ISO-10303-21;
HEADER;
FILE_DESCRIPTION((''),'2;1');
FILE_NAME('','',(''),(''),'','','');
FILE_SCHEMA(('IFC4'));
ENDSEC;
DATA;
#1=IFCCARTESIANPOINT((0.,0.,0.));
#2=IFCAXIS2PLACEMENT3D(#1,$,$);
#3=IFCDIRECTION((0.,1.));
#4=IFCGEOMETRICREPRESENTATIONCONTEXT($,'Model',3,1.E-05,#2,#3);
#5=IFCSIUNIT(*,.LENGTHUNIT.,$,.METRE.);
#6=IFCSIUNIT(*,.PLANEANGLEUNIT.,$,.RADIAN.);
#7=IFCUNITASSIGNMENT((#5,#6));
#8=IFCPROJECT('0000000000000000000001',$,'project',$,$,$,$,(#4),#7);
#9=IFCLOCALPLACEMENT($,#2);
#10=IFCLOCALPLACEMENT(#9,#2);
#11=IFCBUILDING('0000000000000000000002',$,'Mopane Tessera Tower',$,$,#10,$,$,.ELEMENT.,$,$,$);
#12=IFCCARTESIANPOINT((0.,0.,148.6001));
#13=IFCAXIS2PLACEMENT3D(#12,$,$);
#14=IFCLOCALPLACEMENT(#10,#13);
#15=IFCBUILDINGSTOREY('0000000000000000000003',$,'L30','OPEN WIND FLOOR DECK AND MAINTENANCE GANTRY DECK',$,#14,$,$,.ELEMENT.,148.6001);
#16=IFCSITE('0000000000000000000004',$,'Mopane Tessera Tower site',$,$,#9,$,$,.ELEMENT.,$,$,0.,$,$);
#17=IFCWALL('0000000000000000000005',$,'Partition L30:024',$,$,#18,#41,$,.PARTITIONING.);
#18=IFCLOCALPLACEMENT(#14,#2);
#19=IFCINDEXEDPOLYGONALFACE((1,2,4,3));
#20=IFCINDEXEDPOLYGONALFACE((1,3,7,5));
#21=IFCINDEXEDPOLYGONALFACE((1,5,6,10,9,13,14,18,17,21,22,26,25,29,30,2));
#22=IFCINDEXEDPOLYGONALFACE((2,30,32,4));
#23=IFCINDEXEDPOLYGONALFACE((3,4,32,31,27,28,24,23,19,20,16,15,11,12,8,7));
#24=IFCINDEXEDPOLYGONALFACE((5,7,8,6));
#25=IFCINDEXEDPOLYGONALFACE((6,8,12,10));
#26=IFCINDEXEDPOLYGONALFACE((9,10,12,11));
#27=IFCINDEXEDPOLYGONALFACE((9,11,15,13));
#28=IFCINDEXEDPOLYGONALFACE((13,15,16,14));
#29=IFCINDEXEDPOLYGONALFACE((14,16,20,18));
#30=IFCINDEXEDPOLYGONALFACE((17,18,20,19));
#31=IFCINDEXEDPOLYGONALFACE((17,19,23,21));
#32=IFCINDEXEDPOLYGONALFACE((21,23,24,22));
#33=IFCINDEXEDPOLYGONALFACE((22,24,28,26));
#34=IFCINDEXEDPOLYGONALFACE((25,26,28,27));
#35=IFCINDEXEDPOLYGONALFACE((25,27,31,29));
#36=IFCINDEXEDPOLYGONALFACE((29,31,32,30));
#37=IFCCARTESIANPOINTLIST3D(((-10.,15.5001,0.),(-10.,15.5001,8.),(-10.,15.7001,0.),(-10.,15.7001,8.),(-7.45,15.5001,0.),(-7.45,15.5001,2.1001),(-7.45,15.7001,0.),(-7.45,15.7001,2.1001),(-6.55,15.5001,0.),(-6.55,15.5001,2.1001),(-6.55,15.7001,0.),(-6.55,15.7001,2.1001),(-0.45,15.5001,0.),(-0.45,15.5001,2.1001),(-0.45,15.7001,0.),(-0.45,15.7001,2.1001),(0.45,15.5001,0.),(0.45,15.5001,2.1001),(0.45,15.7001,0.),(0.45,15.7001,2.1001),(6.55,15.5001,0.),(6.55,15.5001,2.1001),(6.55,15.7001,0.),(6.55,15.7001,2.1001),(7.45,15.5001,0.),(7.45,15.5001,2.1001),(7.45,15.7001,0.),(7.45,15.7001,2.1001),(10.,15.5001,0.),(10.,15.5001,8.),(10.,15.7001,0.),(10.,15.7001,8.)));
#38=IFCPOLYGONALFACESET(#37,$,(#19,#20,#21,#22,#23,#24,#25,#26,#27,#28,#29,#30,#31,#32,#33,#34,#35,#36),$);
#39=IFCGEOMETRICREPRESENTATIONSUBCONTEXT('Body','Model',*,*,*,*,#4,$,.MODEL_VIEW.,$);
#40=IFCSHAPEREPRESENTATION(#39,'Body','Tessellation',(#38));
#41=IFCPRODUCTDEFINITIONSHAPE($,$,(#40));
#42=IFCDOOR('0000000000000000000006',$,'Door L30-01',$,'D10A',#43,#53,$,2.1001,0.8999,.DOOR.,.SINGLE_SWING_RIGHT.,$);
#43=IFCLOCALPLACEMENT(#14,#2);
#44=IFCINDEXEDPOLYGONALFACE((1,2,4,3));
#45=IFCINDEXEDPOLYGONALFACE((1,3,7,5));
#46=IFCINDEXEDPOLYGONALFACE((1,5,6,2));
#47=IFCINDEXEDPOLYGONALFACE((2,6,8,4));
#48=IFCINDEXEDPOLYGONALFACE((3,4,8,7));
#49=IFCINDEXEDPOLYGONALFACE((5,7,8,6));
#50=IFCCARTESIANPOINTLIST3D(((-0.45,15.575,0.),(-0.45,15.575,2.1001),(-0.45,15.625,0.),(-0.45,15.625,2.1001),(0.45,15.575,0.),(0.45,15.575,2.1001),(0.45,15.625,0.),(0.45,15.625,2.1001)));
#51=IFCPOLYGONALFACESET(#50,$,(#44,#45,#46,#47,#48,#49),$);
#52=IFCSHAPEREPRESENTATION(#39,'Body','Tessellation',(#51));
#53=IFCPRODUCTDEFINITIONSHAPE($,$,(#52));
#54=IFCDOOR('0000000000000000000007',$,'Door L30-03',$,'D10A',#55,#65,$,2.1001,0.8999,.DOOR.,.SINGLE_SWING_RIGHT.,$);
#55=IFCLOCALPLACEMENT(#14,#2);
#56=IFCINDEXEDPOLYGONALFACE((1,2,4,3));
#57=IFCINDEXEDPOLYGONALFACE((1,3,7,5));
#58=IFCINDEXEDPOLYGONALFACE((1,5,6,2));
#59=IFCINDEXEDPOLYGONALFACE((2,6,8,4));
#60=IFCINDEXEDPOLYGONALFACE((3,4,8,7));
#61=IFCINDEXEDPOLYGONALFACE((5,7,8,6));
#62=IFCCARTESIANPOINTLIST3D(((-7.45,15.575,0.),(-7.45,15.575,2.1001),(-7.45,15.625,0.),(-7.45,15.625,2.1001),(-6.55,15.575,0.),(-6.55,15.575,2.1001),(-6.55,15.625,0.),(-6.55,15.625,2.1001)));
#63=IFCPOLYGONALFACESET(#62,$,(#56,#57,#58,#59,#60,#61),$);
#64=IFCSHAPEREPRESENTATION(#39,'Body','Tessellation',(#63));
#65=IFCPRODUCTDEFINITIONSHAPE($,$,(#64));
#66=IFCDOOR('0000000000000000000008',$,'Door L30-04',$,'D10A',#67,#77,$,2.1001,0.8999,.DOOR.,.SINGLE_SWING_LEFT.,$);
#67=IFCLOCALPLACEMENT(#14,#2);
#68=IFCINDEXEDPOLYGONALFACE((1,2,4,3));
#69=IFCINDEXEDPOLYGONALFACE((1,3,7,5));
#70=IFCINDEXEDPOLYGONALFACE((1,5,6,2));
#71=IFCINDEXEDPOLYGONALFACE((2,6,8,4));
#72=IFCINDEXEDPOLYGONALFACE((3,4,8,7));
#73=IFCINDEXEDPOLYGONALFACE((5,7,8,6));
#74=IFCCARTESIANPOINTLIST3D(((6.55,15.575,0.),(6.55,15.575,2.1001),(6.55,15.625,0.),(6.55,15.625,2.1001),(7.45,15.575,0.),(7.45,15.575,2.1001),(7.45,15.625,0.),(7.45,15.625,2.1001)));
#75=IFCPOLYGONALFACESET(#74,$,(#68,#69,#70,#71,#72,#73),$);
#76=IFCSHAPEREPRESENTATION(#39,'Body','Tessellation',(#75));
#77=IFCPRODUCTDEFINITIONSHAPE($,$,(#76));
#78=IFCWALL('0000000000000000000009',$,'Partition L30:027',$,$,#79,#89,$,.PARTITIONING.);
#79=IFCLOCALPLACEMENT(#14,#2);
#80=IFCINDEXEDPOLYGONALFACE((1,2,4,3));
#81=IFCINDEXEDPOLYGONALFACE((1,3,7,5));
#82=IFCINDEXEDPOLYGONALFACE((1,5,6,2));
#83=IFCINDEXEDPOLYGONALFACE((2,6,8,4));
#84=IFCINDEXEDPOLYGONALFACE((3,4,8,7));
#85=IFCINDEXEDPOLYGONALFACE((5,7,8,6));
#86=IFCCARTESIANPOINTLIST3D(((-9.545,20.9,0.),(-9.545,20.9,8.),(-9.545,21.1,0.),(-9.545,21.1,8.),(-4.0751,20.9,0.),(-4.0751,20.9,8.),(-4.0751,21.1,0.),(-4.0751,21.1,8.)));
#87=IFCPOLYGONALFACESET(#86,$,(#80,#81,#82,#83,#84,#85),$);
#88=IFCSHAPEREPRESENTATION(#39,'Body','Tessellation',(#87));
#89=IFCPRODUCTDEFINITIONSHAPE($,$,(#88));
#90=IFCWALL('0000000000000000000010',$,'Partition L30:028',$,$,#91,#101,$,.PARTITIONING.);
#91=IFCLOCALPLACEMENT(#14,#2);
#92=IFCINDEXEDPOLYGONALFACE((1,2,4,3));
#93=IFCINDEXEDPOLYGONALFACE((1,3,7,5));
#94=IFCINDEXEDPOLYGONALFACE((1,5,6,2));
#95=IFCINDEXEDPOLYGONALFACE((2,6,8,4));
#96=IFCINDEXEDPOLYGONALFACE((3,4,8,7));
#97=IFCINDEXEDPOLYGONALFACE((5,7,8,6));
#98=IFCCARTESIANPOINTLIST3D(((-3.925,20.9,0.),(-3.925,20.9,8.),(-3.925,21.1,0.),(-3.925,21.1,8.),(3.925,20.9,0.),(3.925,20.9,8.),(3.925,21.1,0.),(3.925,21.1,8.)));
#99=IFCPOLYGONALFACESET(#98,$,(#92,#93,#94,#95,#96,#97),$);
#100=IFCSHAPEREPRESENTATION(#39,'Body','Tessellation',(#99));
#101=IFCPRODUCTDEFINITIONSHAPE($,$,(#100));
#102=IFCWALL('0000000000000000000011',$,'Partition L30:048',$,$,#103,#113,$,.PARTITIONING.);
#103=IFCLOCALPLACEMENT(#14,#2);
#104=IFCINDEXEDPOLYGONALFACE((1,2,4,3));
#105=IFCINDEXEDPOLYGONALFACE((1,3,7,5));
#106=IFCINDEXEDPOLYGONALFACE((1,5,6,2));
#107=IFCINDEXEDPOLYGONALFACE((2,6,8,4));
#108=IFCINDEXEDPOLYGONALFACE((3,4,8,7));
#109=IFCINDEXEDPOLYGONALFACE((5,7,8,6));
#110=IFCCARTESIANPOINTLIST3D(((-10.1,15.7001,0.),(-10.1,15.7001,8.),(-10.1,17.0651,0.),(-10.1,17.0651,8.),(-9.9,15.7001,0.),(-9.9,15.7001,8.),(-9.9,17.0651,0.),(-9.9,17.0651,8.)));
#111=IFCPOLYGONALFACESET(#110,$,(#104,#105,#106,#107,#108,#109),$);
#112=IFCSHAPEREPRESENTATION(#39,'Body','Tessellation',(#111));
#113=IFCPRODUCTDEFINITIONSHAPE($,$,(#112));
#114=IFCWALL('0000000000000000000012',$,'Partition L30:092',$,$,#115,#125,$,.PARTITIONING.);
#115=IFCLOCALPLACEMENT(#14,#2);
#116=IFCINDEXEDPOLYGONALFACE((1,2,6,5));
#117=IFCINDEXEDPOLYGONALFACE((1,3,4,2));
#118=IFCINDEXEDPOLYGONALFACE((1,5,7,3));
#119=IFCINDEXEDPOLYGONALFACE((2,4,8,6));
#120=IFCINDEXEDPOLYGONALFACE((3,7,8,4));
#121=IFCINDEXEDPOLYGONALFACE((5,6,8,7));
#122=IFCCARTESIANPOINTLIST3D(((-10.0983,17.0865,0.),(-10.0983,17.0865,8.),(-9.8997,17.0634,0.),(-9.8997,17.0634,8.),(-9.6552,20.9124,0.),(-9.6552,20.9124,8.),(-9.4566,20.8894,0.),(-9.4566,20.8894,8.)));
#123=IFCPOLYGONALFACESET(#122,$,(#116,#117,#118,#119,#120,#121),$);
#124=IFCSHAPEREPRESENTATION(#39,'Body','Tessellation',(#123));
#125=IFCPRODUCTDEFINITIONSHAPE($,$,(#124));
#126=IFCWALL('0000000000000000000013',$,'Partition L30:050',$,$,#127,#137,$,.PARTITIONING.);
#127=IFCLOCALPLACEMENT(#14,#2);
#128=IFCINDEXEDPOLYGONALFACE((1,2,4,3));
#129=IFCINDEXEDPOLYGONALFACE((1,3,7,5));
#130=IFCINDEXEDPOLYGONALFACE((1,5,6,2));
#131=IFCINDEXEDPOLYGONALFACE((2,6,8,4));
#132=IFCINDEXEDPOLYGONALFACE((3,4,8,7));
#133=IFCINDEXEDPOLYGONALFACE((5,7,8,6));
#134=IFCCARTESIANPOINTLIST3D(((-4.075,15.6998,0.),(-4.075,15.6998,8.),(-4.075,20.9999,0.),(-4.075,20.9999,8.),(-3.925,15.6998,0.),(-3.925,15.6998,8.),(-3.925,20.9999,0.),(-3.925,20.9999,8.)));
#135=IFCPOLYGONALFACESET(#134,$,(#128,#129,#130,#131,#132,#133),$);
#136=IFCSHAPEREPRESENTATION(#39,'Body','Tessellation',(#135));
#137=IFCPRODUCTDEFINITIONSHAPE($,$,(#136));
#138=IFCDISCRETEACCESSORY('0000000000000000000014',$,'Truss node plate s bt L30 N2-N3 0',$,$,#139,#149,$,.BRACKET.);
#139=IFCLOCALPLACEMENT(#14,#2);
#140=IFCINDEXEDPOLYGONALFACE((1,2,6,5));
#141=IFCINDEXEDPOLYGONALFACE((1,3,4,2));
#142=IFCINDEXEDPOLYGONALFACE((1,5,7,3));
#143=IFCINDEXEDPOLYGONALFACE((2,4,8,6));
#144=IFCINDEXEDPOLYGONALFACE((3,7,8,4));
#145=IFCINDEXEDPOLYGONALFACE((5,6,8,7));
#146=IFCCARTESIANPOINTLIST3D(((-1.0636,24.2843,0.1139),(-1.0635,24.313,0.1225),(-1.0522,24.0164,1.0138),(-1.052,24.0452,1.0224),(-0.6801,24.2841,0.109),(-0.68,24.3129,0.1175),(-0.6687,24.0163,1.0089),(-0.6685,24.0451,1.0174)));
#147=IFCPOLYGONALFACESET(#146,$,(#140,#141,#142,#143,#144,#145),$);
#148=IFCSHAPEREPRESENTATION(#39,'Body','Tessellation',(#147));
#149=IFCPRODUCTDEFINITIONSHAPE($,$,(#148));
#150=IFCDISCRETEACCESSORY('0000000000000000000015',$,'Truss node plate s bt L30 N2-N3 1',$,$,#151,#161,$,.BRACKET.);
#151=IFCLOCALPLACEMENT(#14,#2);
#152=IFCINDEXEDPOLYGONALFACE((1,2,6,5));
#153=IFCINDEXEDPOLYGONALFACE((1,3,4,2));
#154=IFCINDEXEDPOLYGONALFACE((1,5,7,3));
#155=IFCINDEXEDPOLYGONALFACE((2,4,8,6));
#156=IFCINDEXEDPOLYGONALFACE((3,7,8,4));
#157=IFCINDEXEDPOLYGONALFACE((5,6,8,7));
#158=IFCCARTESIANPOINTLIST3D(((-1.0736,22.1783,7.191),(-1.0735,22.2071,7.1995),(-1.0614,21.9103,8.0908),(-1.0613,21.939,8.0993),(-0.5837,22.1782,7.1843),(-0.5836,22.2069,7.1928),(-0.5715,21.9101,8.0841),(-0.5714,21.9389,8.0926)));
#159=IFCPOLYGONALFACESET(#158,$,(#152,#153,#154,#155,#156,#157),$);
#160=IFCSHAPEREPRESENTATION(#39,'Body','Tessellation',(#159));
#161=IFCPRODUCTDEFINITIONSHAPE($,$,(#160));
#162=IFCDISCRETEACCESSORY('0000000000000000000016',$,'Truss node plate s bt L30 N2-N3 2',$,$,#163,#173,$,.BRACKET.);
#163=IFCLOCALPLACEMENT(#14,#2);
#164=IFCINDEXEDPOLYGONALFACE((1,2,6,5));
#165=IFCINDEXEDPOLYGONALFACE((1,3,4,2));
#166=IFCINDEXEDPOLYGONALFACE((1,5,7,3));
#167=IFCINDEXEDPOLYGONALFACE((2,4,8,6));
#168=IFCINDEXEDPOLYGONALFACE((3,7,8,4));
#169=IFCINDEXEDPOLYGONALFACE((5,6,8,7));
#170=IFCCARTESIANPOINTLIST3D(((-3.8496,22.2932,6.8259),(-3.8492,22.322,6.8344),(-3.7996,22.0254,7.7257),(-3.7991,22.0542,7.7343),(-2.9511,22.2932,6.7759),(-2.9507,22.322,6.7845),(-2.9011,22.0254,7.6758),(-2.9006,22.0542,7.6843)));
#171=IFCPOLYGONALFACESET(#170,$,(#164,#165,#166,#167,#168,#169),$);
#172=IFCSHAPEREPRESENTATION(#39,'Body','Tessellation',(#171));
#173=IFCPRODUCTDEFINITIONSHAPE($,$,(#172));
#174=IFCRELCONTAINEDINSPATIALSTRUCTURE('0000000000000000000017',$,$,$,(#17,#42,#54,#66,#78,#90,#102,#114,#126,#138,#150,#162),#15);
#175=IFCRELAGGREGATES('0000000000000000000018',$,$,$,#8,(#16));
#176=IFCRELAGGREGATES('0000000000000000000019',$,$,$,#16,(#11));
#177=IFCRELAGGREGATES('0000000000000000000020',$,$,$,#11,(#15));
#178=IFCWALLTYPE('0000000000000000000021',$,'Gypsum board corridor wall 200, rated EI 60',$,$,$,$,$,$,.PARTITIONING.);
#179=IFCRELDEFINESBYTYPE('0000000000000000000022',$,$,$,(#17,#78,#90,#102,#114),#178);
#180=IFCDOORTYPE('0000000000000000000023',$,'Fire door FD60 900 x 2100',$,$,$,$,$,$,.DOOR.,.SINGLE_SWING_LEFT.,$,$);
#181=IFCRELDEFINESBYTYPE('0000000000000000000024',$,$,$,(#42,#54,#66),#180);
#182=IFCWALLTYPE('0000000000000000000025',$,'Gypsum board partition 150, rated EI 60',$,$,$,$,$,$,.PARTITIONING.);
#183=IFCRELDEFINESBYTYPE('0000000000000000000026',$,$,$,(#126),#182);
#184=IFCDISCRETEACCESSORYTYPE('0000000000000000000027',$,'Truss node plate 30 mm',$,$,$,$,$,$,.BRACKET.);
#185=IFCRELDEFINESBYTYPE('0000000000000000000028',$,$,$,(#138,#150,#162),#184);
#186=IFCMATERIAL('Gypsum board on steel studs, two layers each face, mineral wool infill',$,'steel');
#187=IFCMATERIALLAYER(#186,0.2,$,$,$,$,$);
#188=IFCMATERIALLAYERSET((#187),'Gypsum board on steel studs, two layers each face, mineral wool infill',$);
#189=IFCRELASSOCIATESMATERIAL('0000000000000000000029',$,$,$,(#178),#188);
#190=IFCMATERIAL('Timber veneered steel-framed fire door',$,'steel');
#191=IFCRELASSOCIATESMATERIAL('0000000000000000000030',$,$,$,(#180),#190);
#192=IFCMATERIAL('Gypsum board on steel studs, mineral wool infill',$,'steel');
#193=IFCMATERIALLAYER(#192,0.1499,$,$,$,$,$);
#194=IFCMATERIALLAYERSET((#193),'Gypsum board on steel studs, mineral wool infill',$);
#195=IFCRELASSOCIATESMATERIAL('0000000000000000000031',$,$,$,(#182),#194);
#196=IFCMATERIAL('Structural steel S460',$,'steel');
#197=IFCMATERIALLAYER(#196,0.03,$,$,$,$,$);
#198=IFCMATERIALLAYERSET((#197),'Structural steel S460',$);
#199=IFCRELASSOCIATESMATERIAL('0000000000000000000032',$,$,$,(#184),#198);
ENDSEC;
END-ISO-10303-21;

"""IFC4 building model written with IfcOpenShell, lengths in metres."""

from ifc_helpers import new_model, si_unit, direction, frame, frame_2d, origin, origin_2d, place, context, subcontext, project, spatial, rectangle, extrude, material, layer, layer_set, type_object, element, fill, save


model = new_model("IFC4")

# Units and contexts
model_context = context("Model", 3, precision=1e-05, world=origin(), true_north=direction((0.0, 1.0)))
body_context = subcontext(model_context, "Body", "Model", "MODEL_VIEW")
ifc_project = project(units=[si_unit("LENGTHUNIT", "METRE"), si_unit("PLANEANGLEUNIT", "RADIAN")], contexts=[model_context])

# Site, building, storey
site_placement = place(None, origin())
site = spatial("IfcSite", under=ifc_project, at=site_placement, Name="Mopane Tessera Tower site", CompositionType="ELEMENT", RefElevation=0.0)
building_placement = place(site_placement, origin())
building = spatial("IfcBuilding", under=site, at=building_placement, Name="Mopane Tessera Tower", CompositionType="ELEMENT")
storey_placement = place(building_placement, frame((0.0, 0.0, 148.6001)))
storey = spatial("IfcBuildingStorey", under=building, at=storey_placement, Name="L30", Description="OPEN WIND FLOOR DECK AND MAINTENANCE GANTRY DECK", CompositionType="ELEMENT", Elevation=148.6001)

# Wall, openings, doors
ifc_material_1 = material(Name="Gypsum board on steel studs, two layers each face, mineral wool infill", Category="steel")
ifc_layer_1 = layer(ifc_material_1, 0.2)
ifc_layer_set_1 = layer_set([ifc_layer_1], Name="Gypsum board on steel studs, two layers each face, mineral wool infill")
wall_type_1 = type_object("IfcWallType", Name="Gypsum board corridor wall 200, rated EI 60", PredefinedType="PARTITIONING", material=ifc_layer_set_1)
wall_1_placement = place(storey_placement, frame((-10.0, 15.6001, 0.0), z_axis=(0.0, 0.0, 1.0), x_axis=(1.0, 0.0, 0.0)))
wall_1 = element("IfcWall", 1, at=wall_1_placement, inside=storey, type_object=wall_type_1, Name="Partition L30:024", PredefinedType="PARTITIONING", context=body_context, shape_type="SweptSolid", body=[
    extrude(rectangle(XDim=20.0, YDim=0.2, at=frame_2d((10.0, 0.0))), origin(), (0.0, 0.0, 1.0), 8.0),
])
opening_1_placement = place(wall_1_placement, frame((9.55, 0.0, 0.0)))
opening_1 = element("IfcOpeningElement", 2, at=opening_1_placement, cuts=wall_1, PredefinedType="OPENING", context=body_context, shape_type="SweptSolid", body=[
    extrude(rectangle(XDim=0.8999, YDim=2.1001, at=frame_2d((0.45, 1.05))), frame((0.0, 0.1121, 0.0), z_axis=(0.0, -1.0, 0.0), x_axis=(1.0, 0.0, 0.0)), (0.0, 0.0, 1.0), 0.2239),
])
opening_2_placement = place(wall_1_placement, frame((2.55, 0.0, 0.0)))
opening_2 = element("IfcOpeningElement", 3, at=opening_2_placement, cuts=wall_1, PredefinedType="OPENING", context=body_context, shape_type="SweptSolid", body=[
    extrude(rectangle(XDim=0.8999, YDim=2.1001, at=frame_2d((0.45, 1.05))), frame((0.0, 0.1121, 0.0), z_axis=(0.0, -1.0, 0.0), x_axis=(1.0, 0.0, 0.0)), (0.0, 0.0, 1.0), 0.2239),
])
opening_3_placement = place(wall_1_placement, frame((16.55, 0.0, 0.0)))
opening_3 = element("IfcOpeningElement", 4, at=opening_3_placement, cuts=wall_1, PredefinedType="OPENING", context=body_context, shape_type="SweptSolid", body=[
    extrude(rectangle(XDim=0.8999, YDim=2.1001, at=frame_2d((0.45, 1.05))), frame((0.0, 0.1121, 0.0), z_axis=(0.0, -1.0, 0.0), x_axis=(1.0, 0.0, 0.0)), (0.0, 0.0, 1.0), 0.2239),
])
ifc_material_2 = material(Name="Timber veneered steel-framed fire door", Category="steel")
door_type = type_object("IfcDoorType", Name="Fire door FD60 900 x 2100", OperationType="SINGLE_SWING_LEFT", PredefinedType="DOOR", material=ifc_material_2)
door_1_placement = place(opening_1_placement, origin())
door_1 = element("IfcDoor", 5, at=door_1_placement, inside=storey, type_object=door_type, Name="Door L30-01", ObjectType="D10A", OperationType="SINGLE_SWING_RIGHT", OverallHeight=2.1001, OverallWidth=0.8999, PredefinedType="DOOR", context=body_context, shape_type="SweptSolid", body=[
    extrude(rectangle(XDim=0.8999, YDim=2.1001, at=frame_2d((0.45, 1.05))), frame((0.0, 0.0249, 0.0), z_axis=(0.0, -1.0, 0.0), x_axis=(1.0, 0.0, 0.0)), (0.0, 0.0, 1.0), 0.05),
])
fill(opening_1, door_1)
door_2_placement = place(opening_2_placement, origin())
door_2 = element("IfcDoor", 6, at=door_2_placement, inside=storey, type_object=door_type, Name="Door L30-03", ObjectType="D10A", OperationType="SINGLE_SWING_RIGHT", OverallHeight=2.1001, OverallWidth=0.8999, PredefinedType="DOOR", context=body_context, shape_type="SweptSolid", body=[
    extrude(rectangle(XDim=0.8999, YDim=2.1001, at=frame_2d((0.45, 1.05))), frame((0.0, 0.0249, 0.0), z_axis=(0.0, -1.0, 0.0), x_axis=(1.0, 0.0, 0.0)), (0.0, 0.0, 1.0), 0.05),
])
fill(opening_2, door_2)
door_3_placement = place(opening_3_placement, origin())
door_3 = element("IfcDoor", 7, at=door_3_placement, inside=storey, type_object=door_type, Name="Door L30-04", ObjectType="D10A", OperationType="SINGLE_SWING_LEFT", OverallHeight=2.1001, OverallWidth=0.8999, PredefinedType="DOOR", context=body_context, shape_type="SweptSolid", body=[
    extrude(rectangle(XDim=0.8999, YDim=2.1001, at=frame_2d((0.45, 1.05))), frame((0.0, 0.0249, 0.0), z_axis=(0.0, -1.0, 0.0), x_axis=(1.0, 0.0, 0.0)), (0.0, 0.0, 1.0), 0.05),
])
fill(opening_3, door_3)

# Walls
wall_2_placement = place(storey_placement, frame((-9.5449, 21.0, 0.0), z_axis=(0.0, 0.0, 1.0), x_axis=(1.0, 0.0, 0.0)))
element("IfcWall", 8, at=wall_2_placement, inside=storey, type_object=wall_type_1, Name="Partition L30:027", PredefinedType="PARTITIONING", context=body_context, shape_type="SweptSolid", body=[
    extrude(rectangle(XDim=5.47, YDim=0.2, at=frame_2d((2.7349, 0.0))), origin(), (0.0, 0.0, 1.0), 8.0),
])
wall_3_placement = place(storey_placement, frame((-3.925, 21.0, 0.0), z_axis=(0.0, 0.0, 1.0), x_axis=(1.0, 0.0, 0.0)))
element("IfcWall", 9, at=wall_3_placement, inside=storey, type_object=wall_type_1, Name="Partition L30:028", PredefinedType="PARTITIONING", context=body_context, shape_type="SweptSolid", body=[
    extrude(rectangle(XDim=7.8501, YDim=0.2, at=frame_2d((3.925, 0.0))), origin(), (0.0, 0.0, 1.0), 8.0),
])
wall_4_placement = place(storey_placement, frame((-10.0, 15.7, 0.0), z_axis=(0.0, 0.0, 1.0), x_axis=(0.0, 1.0, 0.0)))
element("IfcWall", 10, at=wall_4_placement, inside=storey, type_object=wall_type_1, Name="Partition L30:048", PredefinedType="PARTITIONING", context=body_context, shape_type="SweptSolid", body=[
    extrude(rectangle(XDim=1.365, YDim=0.2, at=frame_2d((0.6826, 0.0))), origin(), (0.0, 0.0, 1.0), 8.0),
])
wall_5_placement = place(storey_placement, frame((-9.999, 17.075, 0.0), z_axis=(0.0, 0.0, 1.0), x_axis=(0.11505, 0.99336, 0.0)))
element("IfcWall", 11, at=wall_5_placement, inside=storey, type_object=wall_type_1, Name="Partition L30:092", PredefinedType="PARTITIONING", context=body_context, shape_type="SweptSolid", body=[
    extrude(rectangle(XDim=3.8516, YDim=0.2, at=frame_2d((1.9258, 0.0))), origin(), (0.0, 0.0, 1.0), 8.0),
])
ifc_material_3 = material(Name="Gypsum board on steel studs, mineral wool infill", Category="steel")
ifc_layer_2 = layer(ifc_material_3, 0.1499)
ifc_layer_set_2 = layer_set([ifc_layer_2], Name="Gypsum board on steel studs, mineral wool infill")
wall_type_2 = type_object("IfcWallType", Name="Gypsum board partition 150, rated EI 60", PredefinedType="PARTITIONING", material=ifc_layer_set_2)
wall_6_placement = place(storey_placement, frame((-4.0, 15.7, 0.0), z_axis=(0.0, 0.0, 1.0), x_axis=(0.0, 1.0, 0.0)))
element("IfcWall", 12, at=wall_6_placement, inside=storey, type_object=wall_type_2, Name="Partition L30:050", PredefinedType="PARTITIONING", context=body_context, shape_type="SweptSolid", body=[
    extrude(rectangle(XDim=5.3, YDim=0.1499, at=frame_2d((2.6499, 0.0))), origin(), (0.0, 0.0, 1.0), 8.0),
])

# Discrete accessories
ifc_material_4 = material(Name="Structural steel S460", Category="steel")
ifc_layer_3 = layer(ifc_material_4, 0.03)
ifc_layer_set_3 = layer_set([ifc_layer_3], Name="Structural steel S460")
discrete_accessory_type = type_object("IfcDiscreteAccessoryType", Name="Truss node plate 30 mm", PredefinedType="BRACKET", material=ifc_layer_set_3)
discrete_accessory_1_placement = place(storey_placement, frame((-0.8718, 24.2986, 0.1157), z_axis=(0.01222, -0.285227, 0.958382), x_axis=(-0.003994, -0.95846, -0.285199)))
element("IfcDiscreteAccessory", 13, at=discrete_accessory_1_placement, inside=storey, type_object=discrete_accessory_type, Name="Truss node plate s bt L30 N2-N3 0", PredefinedType="BRACKET", context=body_context, shape_type="SweptSolid", body=[
    extrude(rectangle(XDim=0.03, YDim=0.3835, at=origin_2d()), origin(), (0.0, 0.0, 1.0), 0.939),
])
discrete_accessory_2_placement = place(storey_placement, frame((-0.8286, 22.1926, 7.1919), z_axis=(0.012999, -0.285463, 0.958302), x_axis=(-0.004174, -0.95839, -0.285432)))
element("IfcDiscreteAccessory", 14, at=discrete_accessory_2_placement, inside=storey, type_object=discrete_accessory_type, Name="Truss node plate s bt L30 N2-N3 1", PredefinedType="BRACKET", context=body_context, shape_type="SweptSolid", body=[
    extrude(rectangle(XDim=0.03, YDim=0.49, at=origin_2d()), origin(), (0.0, 0.0, 1.0), 0.939),
])
discrete_accessory_3_placement = place(storey_placement, frame((-3.4001, 22.3076, 6.8052), z_axis=(0.05323, -0.284844, 0.957095), x_axis=(-0.015799, -0.958574, -0.284405)))
element("IfcDiscreteAccessory", 15, at=discrete_accessory_3_placement, inside=storey, type_object=discrete_accessory_type, Name="Truss node plate s bt L30 N2-N3 2", PredefinedType="BRACKET", context=body_context, shape_type="SweptSolid", body=[
    extrude(rectangle(XDim=0.03, YDim=0.8999, at=origin_2d()), origin(), (0.0, 0.0, 1.0), 0.9402),
])

save(model, "model.ifc")
